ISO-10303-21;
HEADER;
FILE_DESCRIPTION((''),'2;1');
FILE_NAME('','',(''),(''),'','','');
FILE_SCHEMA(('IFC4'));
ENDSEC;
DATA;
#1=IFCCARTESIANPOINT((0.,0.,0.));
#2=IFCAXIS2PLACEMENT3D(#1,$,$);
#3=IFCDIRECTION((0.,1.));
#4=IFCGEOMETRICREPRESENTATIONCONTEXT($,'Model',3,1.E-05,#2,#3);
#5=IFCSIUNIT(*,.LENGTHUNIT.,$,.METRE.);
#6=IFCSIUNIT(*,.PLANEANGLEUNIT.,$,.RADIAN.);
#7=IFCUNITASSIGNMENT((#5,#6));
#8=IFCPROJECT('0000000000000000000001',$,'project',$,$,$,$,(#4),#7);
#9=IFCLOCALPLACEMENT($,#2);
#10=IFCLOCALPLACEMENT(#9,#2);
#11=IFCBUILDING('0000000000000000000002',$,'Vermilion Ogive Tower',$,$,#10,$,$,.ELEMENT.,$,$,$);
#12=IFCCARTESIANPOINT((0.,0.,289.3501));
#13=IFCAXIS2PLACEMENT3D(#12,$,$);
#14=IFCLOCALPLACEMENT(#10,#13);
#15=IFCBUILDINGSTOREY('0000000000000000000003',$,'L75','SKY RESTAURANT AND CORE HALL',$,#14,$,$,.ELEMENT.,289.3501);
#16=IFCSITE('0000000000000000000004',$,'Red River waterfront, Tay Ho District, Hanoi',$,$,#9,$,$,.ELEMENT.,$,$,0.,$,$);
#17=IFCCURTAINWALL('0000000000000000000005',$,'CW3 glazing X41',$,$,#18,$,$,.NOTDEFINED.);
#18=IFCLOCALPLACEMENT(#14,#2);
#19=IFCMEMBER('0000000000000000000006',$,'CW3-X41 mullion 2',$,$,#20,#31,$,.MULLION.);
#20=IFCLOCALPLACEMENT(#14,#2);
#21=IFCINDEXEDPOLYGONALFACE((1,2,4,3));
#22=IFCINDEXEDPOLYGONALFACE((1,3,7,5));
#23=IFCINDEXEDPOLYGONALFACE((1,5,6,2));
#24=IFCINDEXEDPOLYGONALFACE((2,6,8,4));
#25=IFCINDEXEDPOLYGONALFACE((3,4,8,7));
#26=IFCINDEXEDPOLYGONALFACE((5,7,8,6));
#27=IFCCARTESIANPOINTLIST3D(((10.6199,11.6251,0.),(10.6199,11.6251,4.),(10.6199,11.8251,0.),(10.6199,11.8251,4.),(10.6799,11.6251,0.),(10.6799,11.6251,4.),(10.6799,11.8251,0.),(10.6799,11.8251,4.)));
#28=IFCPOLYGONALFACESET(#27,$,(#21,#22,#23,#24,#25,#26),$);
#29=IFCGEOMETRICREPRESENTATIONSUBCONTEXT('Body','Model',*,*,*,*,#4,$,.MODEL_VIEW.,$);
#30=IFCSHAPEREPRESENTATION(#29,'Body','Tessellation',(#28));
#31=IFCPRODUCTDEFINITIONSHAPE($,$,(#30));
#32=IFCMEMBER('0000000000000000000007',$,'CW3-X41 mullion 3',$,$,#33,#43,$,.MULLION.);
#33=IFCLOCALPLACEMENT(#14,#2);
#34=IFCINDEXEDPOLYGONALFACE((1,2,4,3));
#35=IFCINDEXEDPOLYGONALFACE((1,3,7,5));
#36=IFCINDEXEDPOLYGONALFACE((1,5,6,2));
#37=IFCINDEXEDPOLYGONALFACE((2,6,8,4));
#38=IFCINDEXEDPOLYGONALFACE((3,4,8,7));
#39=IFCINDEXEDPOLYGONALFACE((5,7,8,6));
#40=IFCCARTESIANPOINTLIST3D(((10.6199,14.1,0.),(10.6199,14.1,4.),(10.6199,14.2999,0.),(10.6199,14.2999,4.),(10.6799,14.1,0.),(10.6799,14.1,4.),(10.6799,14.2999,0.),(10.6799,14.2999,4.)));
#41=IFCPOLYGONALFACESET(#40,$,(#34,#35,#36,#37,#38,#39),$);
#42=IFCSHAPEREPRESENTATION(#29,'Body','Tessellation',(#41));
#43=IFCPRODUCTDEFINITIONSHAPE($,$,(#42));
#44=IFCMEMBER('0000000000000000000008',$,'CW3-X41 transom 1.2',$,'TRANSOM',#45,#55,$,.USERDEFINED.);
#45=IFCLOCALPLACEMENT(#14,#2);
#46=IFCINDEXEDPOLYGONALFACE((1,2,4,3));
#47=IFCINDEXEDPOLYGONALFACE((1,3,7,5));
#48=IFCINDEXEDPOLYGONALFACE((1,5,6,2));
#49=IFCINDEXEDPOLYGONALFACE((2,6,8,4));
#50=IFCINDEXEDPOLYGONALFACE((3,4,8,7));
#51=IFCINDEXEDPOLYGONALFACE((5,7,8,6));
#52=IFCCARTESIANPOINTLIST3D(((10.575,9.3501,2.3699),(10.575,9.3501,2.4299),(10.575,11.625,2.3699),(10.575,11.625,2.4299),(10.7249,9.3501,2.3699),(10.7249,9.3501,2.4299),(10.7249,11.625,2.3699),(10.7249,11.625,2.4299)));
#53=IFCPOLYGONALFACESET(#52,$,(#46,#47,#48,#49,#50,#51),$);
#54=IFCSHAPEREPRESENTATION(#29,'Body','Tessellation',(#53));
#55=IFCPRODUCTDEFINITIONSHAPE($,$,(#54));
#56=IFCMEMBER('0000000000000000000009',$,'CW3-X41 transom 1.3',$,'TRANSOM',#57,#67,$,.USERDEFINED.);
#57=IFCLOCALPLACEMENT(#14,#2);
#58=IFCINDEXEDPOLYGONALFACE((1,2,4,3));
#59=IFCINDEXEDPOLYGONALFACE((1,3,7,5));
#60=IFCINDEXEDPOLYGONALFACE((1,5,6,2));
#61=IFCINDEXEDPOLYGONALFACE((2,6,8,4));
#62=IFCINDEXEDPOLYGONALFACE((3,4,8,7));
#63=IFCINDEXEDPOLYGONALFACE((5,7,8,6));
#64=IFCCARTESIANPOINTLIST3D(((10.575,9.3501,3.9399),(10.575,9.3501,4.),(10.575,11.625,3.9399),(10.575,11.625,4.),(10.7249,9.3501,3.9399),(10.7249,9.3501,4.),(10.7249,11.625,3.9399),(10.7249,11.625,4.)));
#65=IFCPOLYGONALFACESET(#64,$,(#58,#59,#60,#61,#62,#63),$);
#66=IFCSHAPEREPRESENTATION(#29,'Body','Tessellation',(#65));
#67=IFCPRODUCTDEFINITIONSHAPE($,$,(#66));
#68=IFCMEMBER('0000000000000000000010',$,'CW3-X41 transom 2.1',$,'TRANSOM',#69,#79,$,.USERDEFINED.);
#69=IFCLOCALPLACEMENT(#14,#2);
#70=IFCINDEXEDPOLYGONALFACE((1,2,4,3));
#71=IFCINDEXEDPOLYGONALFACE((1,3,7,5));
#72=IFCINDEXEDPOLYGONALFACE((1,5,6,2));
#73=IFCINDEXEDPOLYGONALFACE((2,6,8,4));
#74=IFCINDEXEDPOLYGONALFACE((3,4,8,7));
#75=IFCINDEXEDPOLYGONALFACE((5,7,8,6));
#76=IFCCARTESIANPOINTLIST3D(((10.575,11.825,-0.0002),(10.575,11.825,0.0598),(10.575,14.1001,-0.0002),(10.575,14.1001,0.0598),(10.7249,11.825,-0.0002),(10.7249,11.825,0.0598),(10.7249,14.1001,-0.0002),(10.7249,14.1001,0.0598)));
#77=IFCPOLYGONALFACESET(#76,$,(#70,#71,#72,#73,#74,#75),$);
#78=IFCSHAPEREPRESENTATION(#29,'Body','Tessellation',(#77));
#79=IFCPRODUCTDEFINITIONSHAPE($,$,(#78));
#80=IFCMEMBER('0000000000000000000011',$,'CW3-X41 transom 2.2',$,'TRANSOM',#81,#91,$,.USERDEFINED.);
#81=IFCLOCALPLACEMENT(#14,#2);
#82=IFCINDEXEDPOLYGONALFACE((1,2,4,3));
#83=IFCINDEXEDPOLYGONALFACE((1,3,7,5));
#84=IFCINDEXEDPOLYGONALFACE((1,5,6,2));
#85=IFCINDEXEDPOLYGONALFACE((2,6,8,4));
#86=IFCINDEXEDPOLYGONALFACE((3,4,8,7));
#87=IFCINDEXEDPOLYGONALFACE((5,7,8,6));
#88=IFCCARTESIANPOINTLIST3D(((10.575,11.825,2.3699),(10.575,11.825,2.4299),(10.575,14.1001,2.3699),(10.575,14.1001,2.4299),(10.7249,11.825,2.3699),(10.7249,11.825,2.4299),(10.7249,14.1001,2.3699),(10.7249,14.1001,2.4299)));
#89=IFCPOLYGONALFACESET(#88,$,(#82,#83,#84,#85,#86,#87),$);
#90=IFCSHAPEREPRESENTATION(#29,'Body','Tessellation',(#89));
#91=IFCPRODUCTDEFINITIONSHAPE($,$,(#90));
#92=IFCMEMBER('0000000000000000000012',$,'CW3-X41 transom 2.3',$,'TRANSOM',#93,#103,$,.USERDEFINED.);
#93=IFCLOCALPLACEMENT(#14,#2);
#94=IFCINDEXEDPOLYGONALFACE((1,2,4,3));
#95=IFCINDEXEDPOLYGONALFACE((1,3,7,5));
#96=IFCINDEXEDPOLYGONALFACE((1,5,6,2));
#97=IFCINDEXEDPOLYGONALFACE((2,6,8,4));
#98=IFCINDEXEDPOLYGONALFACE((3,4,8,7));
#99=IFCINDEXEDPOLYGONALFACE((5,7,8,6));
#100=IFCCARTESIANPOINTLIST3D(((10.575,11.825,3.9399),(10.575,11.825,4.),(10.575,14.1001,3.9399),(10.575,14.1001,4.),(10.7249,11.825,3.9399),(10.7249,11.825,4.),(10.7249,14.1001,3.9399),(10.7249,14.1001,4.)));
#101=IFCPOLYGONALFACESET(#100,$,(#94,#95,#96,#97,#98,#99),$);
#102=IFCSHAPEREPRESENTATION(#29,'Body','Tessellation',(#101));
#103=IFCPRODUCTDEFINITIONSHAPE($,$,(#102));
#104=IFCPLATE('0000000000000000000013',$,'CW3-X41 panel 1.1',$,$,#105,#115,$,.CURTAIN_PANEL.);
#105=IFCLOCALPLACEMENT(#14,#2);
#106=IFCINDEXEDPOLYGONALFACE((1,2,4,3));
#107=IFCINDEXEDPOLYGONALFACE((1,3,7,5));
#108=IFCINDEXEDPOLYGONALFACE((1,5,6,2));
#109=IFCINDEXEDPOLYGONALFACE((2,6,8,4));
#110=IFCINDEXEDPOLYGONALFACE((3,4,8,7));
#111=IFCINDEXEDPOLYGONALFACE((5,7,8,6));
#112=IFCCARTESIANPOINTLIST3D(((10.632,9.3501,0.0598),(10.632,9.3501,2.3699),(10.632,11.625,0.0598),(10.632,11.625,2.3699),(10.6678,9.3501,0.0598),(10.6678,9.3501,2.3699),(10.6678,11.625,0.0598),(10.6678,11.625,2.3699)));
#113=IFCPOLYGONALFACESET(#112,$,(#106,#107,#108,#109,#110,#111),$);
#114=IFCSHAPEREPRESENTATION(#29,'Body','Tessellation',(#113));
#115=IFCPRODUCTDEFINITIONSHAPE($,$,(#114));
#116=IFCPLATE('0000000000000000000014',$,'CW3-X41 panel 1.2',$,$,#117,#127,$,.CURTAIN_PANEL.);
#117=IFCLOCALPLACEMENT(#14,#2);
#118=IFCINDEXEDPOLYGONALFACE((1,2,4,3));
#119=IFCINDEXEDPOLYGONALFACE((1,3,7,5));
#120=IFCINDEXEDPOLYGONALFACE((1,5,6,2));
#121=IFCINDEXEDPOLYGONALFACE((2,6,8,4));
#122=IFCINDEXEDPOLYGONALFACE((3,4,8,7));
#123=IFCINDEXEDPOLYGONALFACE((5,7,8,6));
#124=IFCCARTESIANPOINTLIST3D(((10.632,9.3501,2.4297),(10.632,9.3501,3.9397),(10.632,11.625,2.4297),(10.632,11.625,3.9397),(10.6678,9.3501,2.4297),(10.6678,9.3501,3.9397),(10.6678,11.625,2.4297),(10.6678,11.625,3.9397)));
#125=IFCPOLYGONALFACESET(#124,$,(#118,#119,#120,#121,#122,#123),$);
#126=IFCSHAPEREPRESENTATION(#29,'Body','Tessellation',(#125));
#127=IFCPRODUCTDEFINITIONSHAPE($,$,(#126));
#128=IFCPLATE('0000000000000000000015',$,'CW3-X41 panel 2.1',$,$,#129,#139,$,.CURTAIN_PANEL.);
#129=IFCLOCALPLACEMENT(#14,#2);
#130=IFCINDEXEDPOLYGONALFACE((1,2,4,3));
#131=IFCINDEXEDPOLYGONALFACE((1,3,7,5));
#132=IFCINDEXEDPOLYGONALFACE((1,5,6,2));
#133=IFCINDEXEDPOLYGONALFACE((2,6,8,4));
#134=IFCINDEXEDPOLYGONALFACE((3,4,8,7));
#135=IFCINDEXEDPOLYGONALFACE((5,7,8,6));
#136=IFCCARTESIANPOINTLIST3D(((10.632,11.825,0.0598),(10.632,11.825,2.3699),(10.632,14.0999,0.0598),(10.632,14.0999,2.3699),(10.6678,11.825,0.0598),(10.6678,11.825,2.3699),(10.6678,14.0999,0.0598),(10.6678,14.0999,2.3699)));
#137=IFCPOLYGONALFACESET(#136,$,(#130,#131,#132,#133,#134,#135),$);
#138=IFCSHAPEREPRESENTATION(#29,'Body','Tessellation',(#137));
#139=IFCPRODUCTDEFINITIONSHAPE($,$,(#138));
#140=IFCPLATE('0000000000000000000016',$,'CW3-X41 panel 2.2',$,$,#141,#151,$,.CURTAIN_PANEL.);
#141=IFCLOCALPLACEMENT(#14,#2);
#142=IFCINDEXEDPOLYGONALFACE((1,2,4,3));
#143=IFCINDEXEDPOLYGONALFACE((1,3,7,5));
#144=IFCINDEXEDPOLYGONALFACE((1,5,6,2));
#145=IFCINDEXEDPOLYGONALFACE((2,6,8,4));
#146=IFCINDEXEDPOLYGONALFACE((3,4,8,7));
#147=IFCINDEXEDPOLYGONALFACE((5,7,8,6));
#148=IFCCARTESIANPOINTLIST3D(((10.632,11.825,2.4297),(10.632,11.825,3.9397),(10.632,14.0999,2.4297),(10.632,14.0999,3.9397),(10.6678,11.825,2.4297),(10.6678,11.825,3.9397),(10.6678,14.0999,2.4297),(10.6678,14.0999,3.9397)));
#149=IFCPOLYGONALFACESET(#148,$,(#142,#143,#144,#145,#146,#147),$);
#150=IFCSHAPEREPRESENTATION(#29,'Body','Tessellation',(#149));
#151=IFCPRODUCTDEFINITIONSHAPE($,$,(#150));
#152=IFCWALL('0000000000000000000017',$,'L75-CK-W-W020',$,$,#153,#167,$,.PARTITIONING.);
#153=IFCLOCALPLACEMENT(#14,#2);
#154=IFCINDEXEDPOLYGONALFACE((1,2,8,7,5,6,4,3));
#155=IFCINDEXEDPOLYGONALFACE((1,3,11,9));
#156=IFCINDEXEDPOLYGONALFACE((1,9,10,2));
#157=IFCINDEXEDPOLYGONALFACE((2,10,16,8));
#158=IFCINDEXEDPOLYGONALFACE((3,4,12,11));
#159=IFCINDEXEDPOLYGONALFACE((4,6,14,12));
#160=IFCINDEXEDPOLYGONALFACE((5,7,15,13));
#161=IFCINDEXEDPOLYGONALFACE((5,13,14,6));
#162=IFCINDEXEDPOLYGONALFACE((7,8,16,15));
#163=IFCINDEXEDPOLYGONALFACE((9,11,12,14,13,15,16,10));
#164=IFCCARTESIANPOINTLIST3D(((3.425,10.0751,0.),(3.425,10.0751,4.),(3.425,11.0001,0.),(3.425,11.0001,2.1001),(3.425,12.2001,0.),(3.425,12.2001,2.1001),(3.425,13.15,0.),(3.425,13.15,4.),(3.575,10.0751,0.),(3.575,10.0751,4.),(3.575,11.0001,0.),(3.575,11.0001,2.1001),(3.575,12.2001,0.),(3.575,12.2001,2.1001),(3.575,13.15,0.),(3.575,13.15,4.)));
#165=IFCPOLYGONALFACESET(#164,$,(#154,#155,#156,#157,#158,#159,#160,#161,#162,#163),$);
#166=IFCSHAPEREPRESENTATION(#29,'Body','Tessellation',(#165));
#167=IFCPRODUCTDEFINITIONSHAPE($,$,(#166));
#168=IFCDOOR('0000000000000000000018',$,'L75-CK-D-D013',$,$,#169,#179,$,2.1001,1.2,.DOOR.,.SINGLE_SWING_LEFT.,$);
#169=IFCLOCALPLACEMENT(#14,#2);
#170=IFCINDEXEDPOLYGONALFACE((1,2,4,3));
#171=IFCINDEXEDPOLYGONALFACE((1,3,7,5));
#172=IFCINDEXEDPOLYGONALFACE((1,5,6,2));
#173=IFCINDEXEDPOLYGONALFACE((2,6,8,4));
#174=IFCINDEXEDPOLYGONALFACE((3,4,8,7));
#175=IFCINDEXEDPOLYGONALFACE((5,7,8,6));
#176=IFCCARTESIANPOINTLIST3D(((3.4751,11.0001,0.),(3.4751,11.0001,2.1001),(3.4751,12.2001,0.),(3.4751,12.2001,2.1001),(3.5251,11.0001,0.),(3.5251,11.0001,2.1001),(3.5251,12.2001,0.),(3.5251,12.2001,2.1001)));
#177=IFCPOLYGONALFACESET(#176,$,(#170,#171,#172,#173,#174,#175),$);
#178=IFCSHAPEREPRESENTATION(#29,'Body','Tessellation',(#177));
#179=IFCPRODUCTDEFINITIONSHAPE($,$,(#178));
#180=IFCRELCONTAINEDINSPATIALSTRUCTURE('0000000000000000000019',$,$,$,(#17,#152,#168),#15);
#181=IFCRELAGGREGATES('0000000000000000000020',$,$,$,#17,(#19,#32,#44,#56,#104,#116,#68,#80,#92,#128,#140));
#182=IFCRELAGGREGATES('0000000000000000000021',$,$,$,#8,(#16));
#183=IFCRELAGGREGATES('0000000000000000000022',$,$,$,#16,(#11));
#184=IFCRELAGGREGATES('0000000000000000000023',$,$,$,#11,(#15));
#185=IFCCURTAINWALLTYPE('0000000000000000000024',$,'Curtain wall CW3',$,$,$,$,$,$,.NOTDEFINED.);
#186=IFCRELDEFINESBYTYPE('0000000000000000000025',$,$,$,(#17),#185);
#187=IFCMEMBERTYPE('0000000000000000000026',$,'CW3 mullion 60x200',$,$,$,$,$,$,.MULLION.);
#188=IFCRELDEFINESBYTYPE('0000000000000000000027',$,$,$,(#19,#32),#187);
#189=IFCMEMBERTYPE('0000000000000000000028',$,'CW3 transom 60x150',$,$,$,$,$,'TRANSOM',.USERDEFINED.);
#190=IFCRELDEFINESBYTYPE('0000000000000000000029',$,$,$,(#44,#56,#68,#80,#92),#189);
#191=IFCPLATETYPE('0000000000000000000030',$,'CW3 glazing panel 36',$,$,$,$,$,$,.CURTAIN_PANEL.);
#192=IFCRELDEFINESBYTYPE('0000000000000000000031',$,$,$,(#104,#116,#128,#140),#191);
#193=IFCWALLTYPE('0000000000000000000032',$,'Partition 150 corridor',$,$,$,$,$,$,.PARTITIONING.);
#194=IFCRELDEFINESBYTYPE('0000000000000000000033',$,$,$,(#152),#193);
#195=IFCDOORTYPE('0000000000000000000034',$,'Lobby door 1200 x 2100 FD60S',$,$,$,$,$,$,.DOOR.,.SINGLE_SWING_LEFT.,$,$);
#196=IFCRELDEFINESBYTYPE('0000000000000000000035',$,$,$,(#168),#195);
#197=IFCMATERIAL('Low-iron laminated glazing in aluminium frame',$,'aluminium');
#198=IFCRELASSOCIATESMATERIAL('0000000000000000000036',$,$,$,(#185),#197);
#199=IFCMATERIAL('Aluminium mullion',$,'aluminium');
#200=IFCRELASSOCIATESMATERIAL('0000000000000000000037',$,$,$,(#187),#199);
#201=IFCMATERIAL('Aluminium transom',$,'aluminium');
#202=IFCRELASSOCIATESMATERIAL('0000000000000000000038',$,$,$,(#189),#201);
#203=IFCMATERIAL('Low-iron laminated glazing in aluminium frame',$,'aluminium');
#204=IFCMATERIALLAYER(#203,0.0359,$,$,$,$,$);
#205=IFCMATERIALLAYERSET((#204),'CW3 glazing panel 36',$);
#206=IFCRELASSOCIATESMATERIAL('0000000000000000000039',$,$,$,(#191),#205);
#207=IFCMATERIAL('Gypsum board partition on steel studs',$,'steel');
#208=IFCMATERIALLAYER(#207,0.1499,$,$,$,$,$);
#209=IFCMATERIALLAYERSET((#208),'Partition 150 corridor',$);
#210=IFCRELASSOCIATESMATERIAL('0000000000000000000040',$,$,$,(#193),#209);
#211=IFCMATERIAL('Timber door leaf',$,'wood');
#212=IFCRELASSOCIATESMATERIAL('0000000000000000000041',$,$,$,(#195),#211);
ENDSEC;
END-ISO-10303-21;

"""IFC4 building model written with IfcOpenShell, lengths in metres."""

from ifc_helpers import new_model, si_unit, direction, frame, frame_2d, origin, origin_2d, place, context, subcontext, project, spatial, rectangle, extrude, material, layer, layer_set, material_profile, profile_set, type_object, element, fill, aggregate, save


model = new_model("IFC4")

# Units and contexts
model_context = context("Model", 3, precision=1e-05, world=origin(), true_north=direction((0.0, 1.0)))
body_context = subcontext(model_context, "Body", "Model", "MODEL_VIEW")
ifc_project = project(units=[si_unit("LENGTHUNIT", "METRE"), si_unit("PLANEANGLEUNIT", "RADIAN")], contexts=[model_context])

# Site, building, storey
site_placement = place(None, origin())
site = spatial("IfcSite", under=ifc_project, at=site_placement, Name="Red River waterfront, Tay Ho District, Hanoi", CompositionType="ELEMENT", RefElevation=0.0)
building_placement = place(site_placement, origin())
building = spatial("IfcBuilding", under=site, at=building_placement, Name="Vermilion Ogive Tower", CompositionType="ELEMENT")
storey_placement = place(building_placement, frame((0.0, 0.0, 289.3501)))
storey = spatial("IfcBuildingStorey", under=building, at=storey_placement, Name="L75", Description="SKY RESTAURANT AND CORE HALL", CompositionType="ELEMENT", Elevation=289.3501)

# Curtain wall, members, plates
ifc_material_1 = material(Name="Low-iron laminated glazing in aluminium frame", Category="aluminium")
curtain_wall_type = type_object("IfcCurtainWallType", Name="Curtain wall CW3", PredefinedType="NOTDEFINED", material=ifc_material_1)
curtain_wall_placement = place(storey_placement, origin())
curtain_wall = element("IfcCurtainWall", 1, at=curtain_wall_placement, inside=storey, type_object=curtain_wall_type, Name="CW3 glazing X41", PredefinedType="NOTDEFINED")
ifc_material_2 = material(Name="Aluminium mullion", Category="aluminium")
ifc_material_profile_1 = material_profile(ifc_material_2, rectangle(XDim=0.0601, YDim=0.2, at=origin_2d()), Name="AL 60x200")
ifc_profile_set_1 = profile_set([ifc_material_profile_1], Name="Aluminium mullion")
member_type_1 = type_object("IfcMemberType", Name="CW3 mullion 60x200", PredefinedType="MULLION", material=ifc_profile_set_1)
member_1_placement = place(storey_placement, frame((10.6499, 11.7251, 0.0), z_axis=(0.0, 0.0, 1.0), x_axis=(-1.0, 0.0, 0.0)))
member_1 = element("IfcMember", 2, at=member_1_placement, type_object=member_type_1, Name="CW3-X41 mullion 2", PredefinedType="MULLION", context=body_context, shape_type="SweptSolid", body=[
    extrude(rectangle(XDim=0.0601, YDim=0.2, at=origin_2d()), origin(), (0.0, 0.0, 1.0), 4.0),
])
member_2_placement = place(storey_placement, frame((10.6499, 14.2, 0.0), z_axis=(0.0, 0.0, 1.0), x_axis=(-1.0, 0.0, 0.0)))
member_2 = element("IfcMember", 3, at=member_2_placement, type_object=member_type_1, Name="CW3-X41 mullion 3", PredefinedType="MULLION", context=body_context, shape_type="SweptSolid", body=[
    extrude(rectangle(XDim=0.0601, YDim=0.2, at=origin_2d()), origin(), (0.0, 0.0, 1.0), 4.0),
])
ifc_material_3 = material(Name="Aluminium transom", Category="aluminium")
ifc_material_profile_2 = material_profile(ifc_material_3, rectangle(XDim=0.1499, YDim=0.0601, at=origin_2d()), Name="AL 60x150")
ifc_profile_set_2 = profile_set([ifc_material_profile_2], Name="Aluminium transom")
member_type_2 = type_object("IfcMemberType", Name="CW3 transom 60x150", ElementType="TRANSOM", PredefinedType="USERDEFINED", material=ifc_profile_set_2)
member_3_placement = place(storey_placement, frame((10.6499, 9.3501, 2.3999), z_axis=(0.0, 1.0, 0.0), x_axis=(-1.0, 0.0, 0.0)))
member_3 = element("IfcMember", 4, at=member_3_placement, type_object=member_type_2, Name="CW3-X41 transom 1.2", ObjectType="TRANSOM", PredefinedType="USERDEFINED", context=body_context, shape_type="SweptSolid", body=[
    extrude(rectangle(XDim=0.1499, YDim=0.0601, at=origin_2d()), origin(), (0.0, 0.0, 1.0), 2.2749),
])
member_4_placement = place(storey_placement, frame((10.6499, 9.3501, 3.97), z_axis=(0.0, 1.0, 0.0), x_axis=(-1.0, 0.0, 0.0)))
member_4 = element("IfcMember", 5, at=member_4_placement, type_object=member_type_2, Name="CW3-X41 transom 1.3", ObjectType="TRANSOM", PredefinedType="USERDEFINED", context=body_context, shape_type="SweptSolid", body=[
    extrude(rectangle(XDim=0.1499, YDim=0.0601, at=origin_2d()), origin(), (0.0, 0.0, 1.0), 2.2749),
])
member_5_placement = place(storey_placement, frame((10.6499, 11.825, 0.0298), z_axis=(0.0, 1.0, 0.0), x_axis=(-1.0, 0.0, 0.0)))
member_5 = element("IfcMember", 6, at=member_5_placement, type_object=member_type_2, Name="CW3-X41 transom 2.1", ObjectType="TRANSOM", PredefinedType="USERDEFINED", context=body_context, shape_type="SweptSolid", body=[
    extrude(rectangle(XDim=0.1499, YDim=0.0601, at=origin_2d()), origin(), (0.0, 0.0, 1.0), 2.2751),
])
member_6_placement = place(storey_placement, frame((10.6499, 11.825, 2.3999), z_axis=(0.0, 1.0, 0.0), x_axis=(-1.0, 0.0, 0.0)))
member_6 = element("IfcMember", 7, at=member_6_placement, type_object=member_type_2, Name="CW3-X41 transom 2.2", ObjectType="TRANSOM", PredefinedType="USERDEFINED", context=body_context, shape_type="SweptSolid", body=[
    extrude(rectangle(XDim=0.1499, YDim=0.0601, at=origin_2d()), origin(), (0.0, 0.0, 1.0), 2.2751),
])
member_7_placement = place(storey_placement, frame((10.6499, 11.825, 3.97), z_axis=(0.0, 1.0, 0.0), x_axis=(-1.0, 0.0, 0.0)))
member_7 = element("IfcMember", 8, at=member_7_placement, type_object=member_type_2, Name="CW3-X41 transom 2.3", ObjectType="TRANSOM", PredefinedType="USERDEFINED", context=body_context, shape_type="SweptSolid", body=[
    extrude(rectangle(XDim=0.1499, YDim=0.0601, at=origin_2d()), origin(), (0.0, 0.0, 1.0), 2.2751),
])
ifc_material_4 = material(Name="Low-iron laminated glazing in aluminium frame", Category="aluminium")
ifc_layer_1 = layer(ifc_material_4, 0.0359)
ifc_layer_set_1 = layer_set([ifc_layer_1], Name="CW3 glazing panel 36")
plate_type = type_object("IfcPlateType", Name="CW3 glazing panel 36", PredefinedType="CURTAIN_PANEL", material=ifc_layer_set_1)
plate_1_placement = place(storey_placement, frame((10.6499, 10.4875, 0.0598), z_axis=(0.0, 0.0, 1.0), x_axis=(0.0, 1.0, 0.0)))
plate_1 = element("IfcPlate", 9, at=plate_1_placement, type_object=plate_type, Name="CW3-X41 panel 1.1", PredefinedType="CURTAIN_PANEL", context=body_context, shape_type="SweptSolid", body=[
    extrude(rectangle(XDim=2.2749, YDim=0.0359, at=origin_2d()), origin(), (0.0, 0.0, 1.0), 2.3101),
])
plate_2_placement = place(storey_placement, frame((10.6499, 10.4875, 2.4297), z_axis=(0.0, 0.0, 1.0), x_axis=(0.0, 1.0, 0.0)))
plate_2 = element("IfcPlate", 10, at=plate_2_placement, type_object=plate_type, Name="CW3-X41 panel 1.2", PredefinedType="CURTAIN_PANEL", context=body_context, shape_type="SweptSolid", body=[
    extrude(rectangle(XDim=2.2749, YDim=0.0359, at=origin_2d()), origin(), (0.0, 0.0, 1.0), 1.51),
])
plate_3_placement = place(storey_placement, frame((10.6499, 12.9624, 0.0598), z_axis=(0.0, 0.0, 1.0), x_axis=(0.0, 1.0, 0.0)))
plate_3 = element("IfcPlate", 11, at=plate_3_placement, type_object=plate_type, Name="CW3-X41 panel 2.1", PredefinedType="CURTAIN_PANEL", context=body_context, shape_type="SweptSolid", body=[
    extrude(rectangle(XDim=2.2749, YDim=0.0359, at=origin_2d()), origin(), (0.0, 0.0, 1.0), 2.3101),
])
plate_4_placement = place(storey_placement, frame((10.6499, 12.9624, 2.4297), z_axis=(0.0, 0.0, 1.0), x_axis=(0.0, 1.0, 0.0)))
plate_4 = element("IfcPlate", 12, at=plate_4_placement, type_object=plate_type, Name="CW3-X41 panel 2.2", PredefinedType="CURTAIN_PANEL", context=body_context, shape_type="SweptSolid", body=[
    extrude(rectangle(XDim=2.2749, YDim=0.0359, at=origin_2d()), origin(), (0.0, 0.0, 1.0), 1.51),
])
aggregate(curtain_wall, [member_1, member_2, member_3, member_4, plate_1, plate_2, member_5, member_6, member_7, plate_3, plate_4])

# Wall, opening, door
ifc_material_5 = material(Name="Gypsum board partition on steel studs", Category="steel")
ifc_layer_2 = layer(ifc_material_5, 0.1499)
ifc_layer_set_2 = layer_set([ifc_layer_2], Name="Partition 150 corridor")
wall_type_1 = type_object("IfcWallType", Name="Partition 150 corridor", PredefinedType="PARTITIONING", material=ifc_layer_set_2)
wall_1_placement = place(storey_placement, frame((3.5, 10.075, 0.0), z_axis=(0.0, 0.0, 1.0), x_axis=(0.0, 1.0, 0.0)))
wall_1 = element("IfcWall", 13, at=wall_1_placement, inside=storey, type_object=wall_type_1, Name="L75-CK-W-W020", PredefinedType="PARTITIONING", context=body_context, shape_type="SweptSolid", body=[
    extrude(rectangle(XDim=3.075, YDim=0.1499, at=frame_2d((1.5376, 0.0))), origin(), (0.0, 0.0, 1.0), 4.0),
])
opening_1_placement = place(wall_1_placement, frame((0.925, 0.0, 0.0)))
opening_1 = element("IfcOpeningElement", 14, at=opening_1_placement, cuts=wall_1, PredefinedType="OPENING", context=body_context, shape_type="SweptSolid", body=[
    extrude(rectangle(XDim=1.2, YDim=2.1001, at=frame_2d((0.6001, 1.05))), frame((0.0, 0.085, 0.0), z_axis=(0.0, -1.0, 0.0), x_axis=(1.0, 0.0, 0.0)), (0.0, 0.0, 1.0), 0.1699),
])
ifc_material_6 = material(Name="Timber door leaf", Category="wood")
door_type_1 = type_object("IfcDoorType", Name="Lobby door 1200 x 2100 FD60S", OperationType="SINGLE_SWING_LEFT", PredefinedType="DOOR", material=ifc_material_6)
door_1_placement = place(opening_1_placement, origin())
door_1 = element("IfcDoor", 15, at=door_1_placement, inside=storey, type_object=door_type_1, Name="L75-CK-D-D013", OperationType="SINGLE_SWING_LEFT", OverallHeight=2.1001, OverallWidth=1.2, PredefinedType="DOOR", context=body_context, shape_type="SweptSolid", body=[
    extrude(rectangle(XDim=1.2, YDim=2.1001, at=frame_2d((0.6001, 1.05))), frame((0.0, 0.0249, 0.0), z_axis=(0.0, -1.0, 0.0), x_axis=(1.0, 0.0, 0.0)), (0.0, 0.0, 1.0), 0.05),
])
fill(opening_1, door_1)

save(model, "model.ifc")
